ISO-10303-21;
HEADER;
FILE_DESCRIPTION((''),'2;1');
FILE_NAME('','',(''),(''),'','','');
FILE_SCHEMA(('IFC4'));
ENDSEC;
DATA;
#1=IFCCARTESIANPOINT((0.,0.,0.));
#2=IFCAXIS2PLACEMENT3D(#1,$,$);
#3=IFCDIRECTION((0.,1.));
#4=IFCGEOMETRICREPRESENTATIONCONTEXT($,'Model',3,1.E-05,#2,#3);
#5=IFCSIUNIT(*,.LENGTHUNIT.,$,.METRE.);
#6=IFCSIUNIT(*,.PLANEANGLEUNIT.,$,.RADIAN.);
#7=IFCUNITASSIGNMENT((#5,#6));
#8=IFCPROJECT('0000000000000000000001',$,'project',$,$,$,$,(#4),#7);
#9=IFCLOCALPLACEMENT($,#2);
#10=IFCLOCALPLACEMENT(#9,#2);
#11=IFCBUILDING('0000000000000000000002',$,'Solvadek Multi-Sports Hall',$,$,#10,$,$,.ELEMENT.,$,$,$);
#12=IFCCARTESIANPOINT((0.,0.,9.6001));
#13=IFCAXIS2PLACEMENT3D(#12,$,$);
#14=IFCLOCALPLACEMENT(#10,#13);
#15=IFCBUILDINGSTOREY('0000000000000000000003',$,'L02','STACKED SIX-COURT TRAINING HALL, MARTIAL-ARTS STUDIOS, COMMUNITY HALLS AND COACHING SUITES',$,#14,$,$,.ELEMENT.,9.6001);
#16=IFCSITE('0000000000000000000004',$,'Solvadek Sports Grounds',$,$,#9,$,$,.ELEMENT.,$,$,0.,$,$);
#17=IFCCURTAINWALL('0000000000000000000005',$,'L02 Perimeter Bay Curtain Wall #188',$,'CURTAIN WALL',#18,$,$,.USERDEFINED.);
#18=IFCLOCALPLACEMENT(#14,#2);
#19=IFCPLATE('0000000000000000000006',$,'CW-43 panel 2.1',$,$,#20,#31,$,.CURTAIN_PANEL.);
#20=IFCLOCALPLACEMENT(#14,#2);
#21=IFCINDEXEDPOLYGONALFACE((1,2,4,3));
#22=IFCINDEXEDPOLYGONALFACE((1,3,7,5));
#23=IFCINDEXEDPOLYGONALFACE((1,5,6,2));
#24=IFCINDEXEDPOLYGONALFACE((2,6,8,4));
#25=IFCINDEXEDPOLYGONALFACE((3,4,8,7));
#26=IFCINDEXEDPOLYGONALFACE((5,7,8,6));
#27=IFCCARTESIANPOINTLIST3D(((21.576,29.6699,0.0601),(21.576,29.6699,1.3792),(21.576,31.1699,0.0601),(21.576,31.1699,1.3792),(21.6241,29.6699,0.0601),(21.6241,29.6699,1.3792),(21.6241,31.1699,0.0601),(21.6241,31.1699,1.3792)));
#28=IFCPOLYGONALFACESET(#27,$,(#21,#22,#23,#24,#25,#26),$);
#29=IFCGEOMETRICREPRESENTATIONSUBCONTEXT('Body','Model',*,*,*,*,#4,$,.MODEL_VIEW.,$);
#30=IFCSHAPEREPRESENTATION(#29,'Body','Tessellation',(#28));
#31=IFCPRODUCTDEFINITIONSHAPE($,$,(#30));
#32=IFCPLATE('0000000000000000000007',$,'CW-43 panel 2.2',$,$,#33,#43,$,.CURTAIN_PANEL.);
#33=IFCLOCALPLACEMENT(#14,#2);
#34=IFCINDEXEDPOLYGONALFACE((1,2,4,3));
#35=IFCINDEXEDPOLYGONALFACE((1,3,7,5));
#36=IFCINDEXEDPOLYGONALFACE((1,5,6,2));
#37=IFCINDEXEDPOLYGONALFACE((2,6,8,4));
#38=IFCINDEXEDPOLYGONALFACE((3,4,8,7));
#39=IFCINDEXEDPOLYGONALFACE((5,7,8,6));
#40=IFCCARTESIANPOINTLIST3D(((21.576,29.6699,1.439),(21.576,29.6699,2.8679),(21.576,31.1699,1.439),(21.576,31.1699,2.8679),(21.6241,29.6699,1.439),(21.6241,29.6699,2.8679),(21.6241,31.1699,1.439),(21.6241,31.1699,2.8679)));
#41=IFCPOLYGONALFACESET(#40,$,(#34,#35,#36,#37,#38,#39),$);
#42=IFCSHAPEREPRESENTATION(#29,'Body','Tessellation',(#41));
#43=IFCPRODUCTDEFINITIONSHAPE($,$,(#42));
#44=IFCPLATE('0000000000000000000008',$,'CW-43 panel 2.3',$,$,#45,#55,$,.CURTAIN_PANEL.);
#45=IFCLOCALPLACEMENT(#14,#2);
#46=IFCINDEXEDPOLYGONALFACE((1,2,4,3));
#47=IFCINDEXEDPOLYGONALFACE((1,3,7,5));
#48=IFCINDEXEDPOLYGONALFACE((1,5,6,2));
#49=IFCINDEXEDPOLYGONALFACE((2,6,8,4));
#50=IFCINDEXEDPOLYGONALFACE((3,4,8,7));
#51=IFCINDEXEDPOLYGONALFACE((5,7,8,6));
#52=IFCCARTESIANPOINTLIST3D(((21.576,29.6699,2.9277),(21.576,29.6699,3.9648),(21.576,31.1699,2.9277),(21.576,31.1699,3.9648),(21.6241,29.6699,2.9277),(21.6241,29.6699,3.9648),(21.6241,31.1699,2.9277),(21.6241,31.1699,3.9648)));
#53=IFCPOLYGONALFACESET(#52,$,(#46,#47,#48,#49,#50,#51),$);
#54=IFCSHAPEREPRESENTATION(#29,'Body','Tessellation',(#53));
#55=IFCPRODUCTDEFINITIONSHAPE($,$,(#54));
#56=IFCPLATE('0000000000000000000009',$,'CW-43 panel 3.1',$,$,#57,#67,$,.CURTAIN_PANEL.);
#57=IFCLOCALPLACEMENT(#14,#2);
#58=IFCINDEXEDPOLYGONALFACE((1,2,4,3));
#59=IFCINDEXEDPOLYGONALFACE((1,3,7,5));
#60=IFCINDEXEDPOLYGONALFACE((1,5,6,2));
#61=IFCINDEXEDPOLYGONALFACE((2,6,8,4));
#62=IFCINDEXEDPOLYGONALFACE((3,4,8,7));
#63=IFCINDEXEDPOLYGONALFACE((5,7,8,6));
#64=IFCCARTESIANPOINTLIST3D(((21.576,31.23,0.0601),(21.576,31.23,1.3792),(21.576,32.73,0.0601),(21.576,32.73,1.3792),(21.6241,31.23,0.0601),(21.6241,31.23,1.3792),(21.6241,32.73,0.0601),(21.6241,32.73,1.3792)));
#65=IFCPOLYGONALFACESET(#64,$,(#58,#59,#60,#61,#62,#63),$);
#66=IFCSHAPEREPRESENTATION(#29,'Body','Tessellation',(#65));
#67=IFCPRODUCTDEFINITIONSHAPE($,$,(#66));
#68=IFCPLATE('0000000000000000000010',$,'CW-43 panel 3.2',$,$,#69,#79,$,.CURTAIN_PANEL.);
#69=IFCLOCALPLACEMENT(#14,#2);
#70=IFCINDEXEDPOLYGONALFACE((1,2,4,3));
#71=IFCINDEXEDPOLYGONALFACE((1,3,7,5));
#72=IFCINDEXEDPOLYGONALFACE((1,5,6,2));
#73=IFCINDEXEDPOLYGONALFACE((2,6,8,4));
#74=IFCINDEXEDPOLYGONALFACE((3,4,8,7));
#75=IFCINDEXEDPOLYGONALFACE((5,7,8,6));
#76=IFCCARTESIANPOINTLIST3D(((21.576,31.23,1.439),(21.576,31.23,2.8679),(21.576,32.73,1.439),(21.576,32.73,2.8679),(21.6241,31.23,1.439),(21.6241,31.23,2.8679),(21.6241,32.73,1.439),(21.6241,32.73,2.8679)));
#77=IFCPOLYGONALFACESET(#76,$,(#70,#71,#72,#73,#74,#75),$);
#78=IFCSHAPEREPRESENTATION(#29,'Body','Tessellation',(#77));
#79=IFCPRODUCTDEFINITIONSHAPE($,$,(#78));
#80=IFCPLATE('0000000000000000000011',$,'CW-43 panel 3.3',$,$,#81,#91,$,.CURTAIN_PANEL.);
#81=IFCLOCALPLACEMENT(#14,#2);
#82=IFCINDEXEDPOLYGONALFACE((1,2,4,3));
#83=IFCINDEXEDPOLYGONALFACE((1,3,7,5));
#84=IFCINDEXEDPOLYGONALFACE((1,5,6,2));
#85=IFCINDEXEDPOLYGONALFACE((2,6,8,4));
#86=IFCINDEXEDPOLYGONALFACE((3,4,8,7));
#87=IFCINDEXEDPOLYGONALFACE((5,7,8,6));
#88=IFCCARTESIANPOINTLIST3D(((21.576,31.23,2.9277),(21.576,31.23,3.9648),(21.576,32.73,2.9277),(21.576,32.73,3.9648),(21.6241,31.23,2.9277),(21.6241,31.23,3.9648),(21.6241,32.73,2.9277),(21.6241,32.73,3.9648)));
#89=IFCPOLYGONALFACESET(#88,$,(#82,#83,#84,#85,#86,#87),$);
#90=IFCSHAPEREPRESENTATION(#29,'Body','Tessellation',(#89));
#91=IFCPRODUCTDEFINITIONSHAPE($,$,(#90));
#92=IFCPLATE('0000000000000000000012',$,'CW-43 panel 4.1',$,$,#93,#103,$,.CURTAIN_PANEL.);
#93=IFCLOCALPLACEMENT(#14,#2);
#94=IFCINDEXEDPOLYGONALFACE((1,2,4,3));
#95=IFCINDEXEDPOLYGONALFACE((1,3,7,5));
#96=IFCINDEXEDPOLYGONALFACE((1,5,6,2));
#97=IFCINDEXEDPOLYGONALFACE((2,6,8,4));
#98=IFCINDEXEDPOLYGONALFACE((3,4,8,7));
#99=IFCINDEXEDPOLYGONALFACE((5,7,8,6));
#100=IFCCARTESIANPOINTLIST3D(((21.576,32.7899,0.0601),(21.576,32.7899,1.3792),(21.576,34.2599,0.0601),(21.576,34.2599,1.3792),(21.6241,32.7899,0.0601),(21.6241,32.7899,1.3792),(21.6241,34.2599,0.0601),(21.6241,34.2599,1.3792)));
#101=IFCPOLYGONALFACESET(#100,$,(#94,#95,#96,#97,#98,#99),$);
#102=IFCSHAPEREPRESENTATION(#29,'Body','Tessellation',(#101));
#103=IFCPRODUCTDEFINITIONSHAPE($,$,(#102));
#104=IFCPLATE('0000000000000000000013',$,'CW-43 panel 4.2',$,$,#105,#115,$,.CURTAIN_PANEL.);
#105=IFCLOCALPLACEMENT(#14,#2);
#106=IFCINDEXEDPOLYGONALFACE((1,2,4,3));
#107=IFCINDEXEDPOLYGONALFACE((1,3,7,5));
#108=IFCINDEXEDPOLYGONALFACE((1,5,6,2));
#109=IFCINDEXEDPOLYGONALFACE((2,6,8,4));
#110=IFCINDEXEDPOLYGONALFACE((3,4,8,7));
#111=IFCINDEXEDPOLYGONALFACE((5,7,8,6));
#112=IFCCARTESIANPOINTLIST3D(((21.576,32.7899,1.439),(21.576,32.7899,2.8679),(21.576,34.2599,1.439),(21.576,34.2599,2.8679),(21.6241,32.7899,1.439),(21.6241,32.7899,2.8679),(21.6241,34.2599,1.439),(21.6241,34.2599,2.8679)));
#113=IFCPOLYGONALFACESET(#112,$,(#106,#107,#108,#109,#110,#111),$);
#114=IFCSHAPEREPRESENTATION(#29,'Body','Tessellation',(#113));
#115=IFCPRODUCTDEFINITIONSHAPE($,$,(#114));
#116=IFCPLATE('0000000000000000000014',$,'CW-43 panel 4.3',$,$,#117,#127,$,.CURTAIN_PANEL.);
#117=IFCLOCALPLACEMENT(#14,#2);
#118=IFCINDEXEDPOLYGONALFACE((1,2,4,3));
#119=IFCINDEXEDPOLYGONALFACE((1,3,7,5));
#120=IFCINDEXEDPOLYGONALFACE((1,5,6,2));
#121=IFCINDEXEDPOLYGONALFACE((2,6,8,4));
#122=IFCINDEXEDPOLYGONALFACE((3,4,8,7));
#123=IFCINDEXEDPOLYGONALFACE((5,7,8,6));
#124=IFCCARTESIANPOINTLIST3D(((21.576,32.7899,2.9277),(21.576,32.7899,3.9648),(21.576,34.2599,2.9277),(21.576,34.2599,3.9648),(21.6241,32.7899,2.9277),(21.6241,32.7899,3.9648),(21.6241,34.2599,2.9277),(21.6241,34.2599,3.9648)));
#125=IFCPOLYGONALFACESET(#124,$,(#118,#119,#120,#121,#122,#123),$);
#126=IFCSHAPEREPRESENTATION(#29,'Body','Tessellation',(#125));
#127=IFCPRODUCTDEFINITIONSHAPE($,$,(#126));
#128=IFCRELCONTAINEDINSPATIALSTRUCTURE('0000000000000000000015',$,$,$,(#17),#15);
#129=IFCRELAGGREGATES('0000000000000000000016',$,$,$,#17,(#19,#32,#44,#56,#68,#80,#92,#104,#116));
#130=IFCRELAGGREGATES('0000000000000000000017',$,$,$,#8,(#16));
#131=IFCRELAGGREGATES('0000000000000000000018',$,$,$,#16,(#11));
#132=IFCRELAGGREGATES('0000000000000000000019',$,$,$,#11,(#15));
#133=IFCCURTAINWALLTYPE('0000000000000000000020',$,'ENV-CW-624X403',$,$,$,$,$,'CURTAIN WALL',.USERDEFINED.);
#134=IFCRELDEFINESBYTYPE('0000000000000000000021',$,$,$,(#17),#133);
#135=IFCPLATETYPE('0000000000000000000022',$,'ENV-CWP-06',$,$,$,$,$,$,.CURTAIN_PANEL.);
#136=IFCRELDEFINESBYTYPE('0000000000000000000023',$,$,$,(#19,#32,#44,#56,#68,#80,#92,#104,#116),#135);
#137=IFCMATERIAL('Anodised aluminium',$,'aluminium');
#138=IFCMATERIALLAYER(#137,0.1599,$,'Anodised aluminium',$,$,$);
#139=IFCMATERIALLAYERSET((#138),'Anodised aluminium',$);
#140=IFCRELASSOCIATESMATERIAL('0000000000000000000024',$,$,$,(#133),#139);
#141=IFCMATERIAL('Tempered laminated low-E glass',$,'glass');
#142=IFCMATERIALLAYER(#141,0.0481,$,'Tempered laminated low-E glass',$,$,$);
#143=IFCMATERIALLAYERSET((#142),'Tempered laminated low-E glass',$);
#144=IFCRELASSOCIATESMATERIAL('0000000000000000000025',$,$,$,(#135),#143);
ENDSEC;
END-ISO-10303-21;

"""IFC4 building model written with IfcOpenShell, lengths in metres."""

from ifc_helpers import new_model, si_unit, direction, frame, origin, origin_2d, place, context, subcontext, project, spatial, rectangle, extrude, material, layer, layer_set, type_object, element, aggregate, save


model = new_model("IFC4")

# Units and contexts
model_context = context("Model", 3, precision=1e-05, world=origin(), true_north=direction((0.0, 1.0)))
body_context = subcontext(model_context, "Body", "Model", "MODEL_VIEW")
ifc_project = project(units=[si_unit("LENGTHUNIT", "METRE"), si_unit("PLANEANGLEUNIT", "RADIAN")], contexts=[model_context])

# Site, building, storey
site_placement = place(None, origin())
site = spatial("IfcSite", under=ifc_project, at=site_placement, Name="Solvadek Sports Grounds", CompositionType="ELEMENT", RefElevation=0.0)
building_placement = place(site_placement, origin())
building = spatial("IfcBuilding", under=site, at=building_placement, Name="Solvadek Multi-Sports Hall", CompositionType="ELEMENT")
storey_placement = place(building_placement, frame((0.0, 0.0, 9.6001)))
storey = spatial("IfcBuildingStorey", under=building, at=storey_placement, Name="L02", Description="STACKED SIX-COURT TRAINING HALL, MARTIAL-ARTS STUDIOS, COMMUNITY HALLS AND COACHING SUITES", CompositionType="ELEMENT", Elevation=9.6001)

# Curtain wall
ifc_material_1 = material(Name="Anodised aluminium", Category="aluminium")
ifc_layer_1 = layer(ifc_material_1, 0.1599, Name="Anodised aluminium")
ifc_layer_set_1 = layer_set([ifc_layer_1], Name="Anodised aluminium")
curtain_wall_type = type_object("IfcCurtainWallType", Name="ENV-CW-624X403", ElementType="CURTAIN WALL", PredefinedType="USERDEFINED", material=ifc_layer_set_1)
curtain_wall_placement = place(storey_placement, origin())
curtain_wall = element("IfcCurtainWall", 1, at=curtain_wall_placement, inside=storey, type_object=curtain_wall_type, Name="L02 Perimeter Bay Curtain Wall #188", ObjectType="CURTAIN WALL", PredefinedType="USERDEFINED")

# Plates
ifc_material_2 = material(Name="Tempered laminated low-E glass", Category="glass")
ifc_layer_2 = layer(ifc_material_2, 0.0481, Name="Tempered laminated low-E glass")
ifc_layer_set_2 = layer_set([ifc_layer_2], Name="Tempered laminated low-E glass")
plate_type = type_object("IfcPlateType", Name="ENV-CWP-06", PredefinedType="CURTAIN_PANEL", material=ifc_layer_set_2)
plate_1_placement = place(storey_placement, frame((21.6001, 30.4199, 0.0601), z_axis=(0.0, 0.0, 1.0), x_axis=(0.0, 1.0, 0.0)))
plate_1 = element("IfcPlate", 2, at=plate_1_placement, type_object=plate_type, Name="CW-43 panel 2.1", PredefinedType="CURTAIN_PANEL", context=body_context, shape_type="SweptSolid", body=[
    extrude(rectangle(XDim=1.5, YDim=0.0481, at=origin_2d()), origin(), (0.0, 0.0, 1.0), 1.3191),
])
plate_2_placement = place(storey_placement, frame((21.6001, 30.4199, 1.439), z_axis=(0.0, 0.0, 1.0), x_axis=(0.0, 1.0, 0.0)))
plate_2 = element("IfcPlate", 3, at=plate_2_placement, type_object=plate_type, Name="CW-43 panel 2.2", PredefinedType="CURTAIN_PANEL", context=body_context, shape_type="SweptSolid", body=[
    extrude(rectangle(XDim=1.5, YDim=0.0481, at=origin_2d()), origin(), (0.0, 0.0, 1.0), 1.429),
])
plate_3_placement = place(storey_placement, frame((21.6001, 30.4199, 2.9277), z_axis=(0.0, 0.0, 1.0), x_axis=(0.0, 1.0, 0.0)))
plate_3 = element("IfcPlate", 4, at=plate_3_placement, type_object=plate_type, Name="CW-43 panel 2.3", PredefinedType="CURTAIN_PANEL", context=body_context, shape_type="SweptSolid", body=[
    extrude(rectangle(XDim=1.5, YDim=0.0481, at=origin_2d()), origin(), (0.0, 0.0, 1.0), 1.0371),
])
plate_4_placement = place(storey_placement, frame((21.6001, 31.98, 0.0601), z_axis=(0.0, 0.0, 1.0), x_axis=(0.0, 1.0, 0.0)))
plate_4 = element("IfcPlate", 5, at=plate_4_placement, type_object=plate_type, Name="CW-43 panel 3.1", PredefinedType="CURTAIN_PANEL", context=body_context, shape_type="SweptSolid", body=[
    extrude(rectangle(XDim=1.5, YDim=0.0481, at=origin_2d()), origin(), (0.0, 0.0, 1.0), 1.3191),
])
plate_5_placement = place(storey_placement, frame((21.6001, 31.98, 1.439), z_axis=(0.0, 0.0, 1.0), x_axis=(0.0, 1.0, 0.0)))
plate_5 = element("IfcPlate", 6, at=plate_5_placement, type_object=plate_type, Name="CW-43 panel 3.2", PredefinedType="CURTAIN_PANEL", context=body_context, shape_type="SweptSolid", body=[
    extrude(rectangle(XDim=1.5, YDim=0.0481, at=origin_2d()), origin(), (0.0, 0.0, 1.0), 1.429),
])
plate_6_placement = place(storey_placement, frame((21.6001, 31.98, 2.9277), z_axis=(0.0, 0.0, 1.0), x_axis=(0.0, 1.0, 0.0)))
plate_6 = element("IfcPlate", 7, at=plate_6_placement, type_object=plate_type, Name="CW-43 panel 3.3", PredefinedType="CURTAIN_PANEL", context=body_context, shape_type="SweptSolid", body=[
    extrude(rectangle(XDim=1.5, YDim=0.0481, at=origin_2d()), origin(), (0.0, 0.0, 1.0), 1.0371),
])
plate_7_placement = place(storey_placement, frame((21.6001, 33.5249, 0.0601), z_axis=(0.0, 0.0, 1.0), x_axis=(0.0, 1.0, 0.0)))
plate_7 = element("IfcPlate", 8, at=plate_7_placement, type_object=plate_type, Name="CW-43 panel 4.1", PredefinedType="CURTAIN_PANEL", context=body_context, shape_type="SweptSolid", body=[
    extrude(rectangle(XDim=1.47, YDim=0.0481, at=origin_2d()), origin(), (0.0, 0.0, 1.0), 1.3191),
])
plate_8_placement = place(storey_placement, frame((21.6001, 33.5249, 1.439), z_axis=(0.0, 0.0, 1.0), x_axis=(0.0, 1.0, 0.0)))
plate_8 = element("IfcPlate", 9, at=plate_8_placement, type_object=plate_type, Name="CW-43 panel 4.2", PredefinedType="CURTAIN_PANEL", context=body_context, shape_type="SweptSolid", body=[
    extrude(rectangle(XDim=1.47, YDim=0.0481, at=origin_2d()), origin(), (0.0, 0.0, 1.0), 1.429),
])
plate_9_placement = place(storey_placement, frame((21.6001, 33.5249, 2.9277), z_axis=(0.0, 0.0, 1.0), x_axis=(0.0, 1.0, 0.0)))
plate_9 = element("IfcPlate", 10, at=plate_9_placement, type_object=plate_type, Name="CW-43 panel 4.3", PredefinedType="CURTAIN_PANEL", context=body_context, shape_type="SweptSolid", body=[
    extrude(rectangle(XDim=1.47, YDim=0.0481, at=origin_2d()), origin(), (0.0, 0.0, 1.0), 1.0371),
])
aggregate(curtain_wall, [plate_1, plate_2, plate_3, plate_4, plate_5, plate_6, plate_7, plate_8, plate_9])

save(model, "model.ifc")
